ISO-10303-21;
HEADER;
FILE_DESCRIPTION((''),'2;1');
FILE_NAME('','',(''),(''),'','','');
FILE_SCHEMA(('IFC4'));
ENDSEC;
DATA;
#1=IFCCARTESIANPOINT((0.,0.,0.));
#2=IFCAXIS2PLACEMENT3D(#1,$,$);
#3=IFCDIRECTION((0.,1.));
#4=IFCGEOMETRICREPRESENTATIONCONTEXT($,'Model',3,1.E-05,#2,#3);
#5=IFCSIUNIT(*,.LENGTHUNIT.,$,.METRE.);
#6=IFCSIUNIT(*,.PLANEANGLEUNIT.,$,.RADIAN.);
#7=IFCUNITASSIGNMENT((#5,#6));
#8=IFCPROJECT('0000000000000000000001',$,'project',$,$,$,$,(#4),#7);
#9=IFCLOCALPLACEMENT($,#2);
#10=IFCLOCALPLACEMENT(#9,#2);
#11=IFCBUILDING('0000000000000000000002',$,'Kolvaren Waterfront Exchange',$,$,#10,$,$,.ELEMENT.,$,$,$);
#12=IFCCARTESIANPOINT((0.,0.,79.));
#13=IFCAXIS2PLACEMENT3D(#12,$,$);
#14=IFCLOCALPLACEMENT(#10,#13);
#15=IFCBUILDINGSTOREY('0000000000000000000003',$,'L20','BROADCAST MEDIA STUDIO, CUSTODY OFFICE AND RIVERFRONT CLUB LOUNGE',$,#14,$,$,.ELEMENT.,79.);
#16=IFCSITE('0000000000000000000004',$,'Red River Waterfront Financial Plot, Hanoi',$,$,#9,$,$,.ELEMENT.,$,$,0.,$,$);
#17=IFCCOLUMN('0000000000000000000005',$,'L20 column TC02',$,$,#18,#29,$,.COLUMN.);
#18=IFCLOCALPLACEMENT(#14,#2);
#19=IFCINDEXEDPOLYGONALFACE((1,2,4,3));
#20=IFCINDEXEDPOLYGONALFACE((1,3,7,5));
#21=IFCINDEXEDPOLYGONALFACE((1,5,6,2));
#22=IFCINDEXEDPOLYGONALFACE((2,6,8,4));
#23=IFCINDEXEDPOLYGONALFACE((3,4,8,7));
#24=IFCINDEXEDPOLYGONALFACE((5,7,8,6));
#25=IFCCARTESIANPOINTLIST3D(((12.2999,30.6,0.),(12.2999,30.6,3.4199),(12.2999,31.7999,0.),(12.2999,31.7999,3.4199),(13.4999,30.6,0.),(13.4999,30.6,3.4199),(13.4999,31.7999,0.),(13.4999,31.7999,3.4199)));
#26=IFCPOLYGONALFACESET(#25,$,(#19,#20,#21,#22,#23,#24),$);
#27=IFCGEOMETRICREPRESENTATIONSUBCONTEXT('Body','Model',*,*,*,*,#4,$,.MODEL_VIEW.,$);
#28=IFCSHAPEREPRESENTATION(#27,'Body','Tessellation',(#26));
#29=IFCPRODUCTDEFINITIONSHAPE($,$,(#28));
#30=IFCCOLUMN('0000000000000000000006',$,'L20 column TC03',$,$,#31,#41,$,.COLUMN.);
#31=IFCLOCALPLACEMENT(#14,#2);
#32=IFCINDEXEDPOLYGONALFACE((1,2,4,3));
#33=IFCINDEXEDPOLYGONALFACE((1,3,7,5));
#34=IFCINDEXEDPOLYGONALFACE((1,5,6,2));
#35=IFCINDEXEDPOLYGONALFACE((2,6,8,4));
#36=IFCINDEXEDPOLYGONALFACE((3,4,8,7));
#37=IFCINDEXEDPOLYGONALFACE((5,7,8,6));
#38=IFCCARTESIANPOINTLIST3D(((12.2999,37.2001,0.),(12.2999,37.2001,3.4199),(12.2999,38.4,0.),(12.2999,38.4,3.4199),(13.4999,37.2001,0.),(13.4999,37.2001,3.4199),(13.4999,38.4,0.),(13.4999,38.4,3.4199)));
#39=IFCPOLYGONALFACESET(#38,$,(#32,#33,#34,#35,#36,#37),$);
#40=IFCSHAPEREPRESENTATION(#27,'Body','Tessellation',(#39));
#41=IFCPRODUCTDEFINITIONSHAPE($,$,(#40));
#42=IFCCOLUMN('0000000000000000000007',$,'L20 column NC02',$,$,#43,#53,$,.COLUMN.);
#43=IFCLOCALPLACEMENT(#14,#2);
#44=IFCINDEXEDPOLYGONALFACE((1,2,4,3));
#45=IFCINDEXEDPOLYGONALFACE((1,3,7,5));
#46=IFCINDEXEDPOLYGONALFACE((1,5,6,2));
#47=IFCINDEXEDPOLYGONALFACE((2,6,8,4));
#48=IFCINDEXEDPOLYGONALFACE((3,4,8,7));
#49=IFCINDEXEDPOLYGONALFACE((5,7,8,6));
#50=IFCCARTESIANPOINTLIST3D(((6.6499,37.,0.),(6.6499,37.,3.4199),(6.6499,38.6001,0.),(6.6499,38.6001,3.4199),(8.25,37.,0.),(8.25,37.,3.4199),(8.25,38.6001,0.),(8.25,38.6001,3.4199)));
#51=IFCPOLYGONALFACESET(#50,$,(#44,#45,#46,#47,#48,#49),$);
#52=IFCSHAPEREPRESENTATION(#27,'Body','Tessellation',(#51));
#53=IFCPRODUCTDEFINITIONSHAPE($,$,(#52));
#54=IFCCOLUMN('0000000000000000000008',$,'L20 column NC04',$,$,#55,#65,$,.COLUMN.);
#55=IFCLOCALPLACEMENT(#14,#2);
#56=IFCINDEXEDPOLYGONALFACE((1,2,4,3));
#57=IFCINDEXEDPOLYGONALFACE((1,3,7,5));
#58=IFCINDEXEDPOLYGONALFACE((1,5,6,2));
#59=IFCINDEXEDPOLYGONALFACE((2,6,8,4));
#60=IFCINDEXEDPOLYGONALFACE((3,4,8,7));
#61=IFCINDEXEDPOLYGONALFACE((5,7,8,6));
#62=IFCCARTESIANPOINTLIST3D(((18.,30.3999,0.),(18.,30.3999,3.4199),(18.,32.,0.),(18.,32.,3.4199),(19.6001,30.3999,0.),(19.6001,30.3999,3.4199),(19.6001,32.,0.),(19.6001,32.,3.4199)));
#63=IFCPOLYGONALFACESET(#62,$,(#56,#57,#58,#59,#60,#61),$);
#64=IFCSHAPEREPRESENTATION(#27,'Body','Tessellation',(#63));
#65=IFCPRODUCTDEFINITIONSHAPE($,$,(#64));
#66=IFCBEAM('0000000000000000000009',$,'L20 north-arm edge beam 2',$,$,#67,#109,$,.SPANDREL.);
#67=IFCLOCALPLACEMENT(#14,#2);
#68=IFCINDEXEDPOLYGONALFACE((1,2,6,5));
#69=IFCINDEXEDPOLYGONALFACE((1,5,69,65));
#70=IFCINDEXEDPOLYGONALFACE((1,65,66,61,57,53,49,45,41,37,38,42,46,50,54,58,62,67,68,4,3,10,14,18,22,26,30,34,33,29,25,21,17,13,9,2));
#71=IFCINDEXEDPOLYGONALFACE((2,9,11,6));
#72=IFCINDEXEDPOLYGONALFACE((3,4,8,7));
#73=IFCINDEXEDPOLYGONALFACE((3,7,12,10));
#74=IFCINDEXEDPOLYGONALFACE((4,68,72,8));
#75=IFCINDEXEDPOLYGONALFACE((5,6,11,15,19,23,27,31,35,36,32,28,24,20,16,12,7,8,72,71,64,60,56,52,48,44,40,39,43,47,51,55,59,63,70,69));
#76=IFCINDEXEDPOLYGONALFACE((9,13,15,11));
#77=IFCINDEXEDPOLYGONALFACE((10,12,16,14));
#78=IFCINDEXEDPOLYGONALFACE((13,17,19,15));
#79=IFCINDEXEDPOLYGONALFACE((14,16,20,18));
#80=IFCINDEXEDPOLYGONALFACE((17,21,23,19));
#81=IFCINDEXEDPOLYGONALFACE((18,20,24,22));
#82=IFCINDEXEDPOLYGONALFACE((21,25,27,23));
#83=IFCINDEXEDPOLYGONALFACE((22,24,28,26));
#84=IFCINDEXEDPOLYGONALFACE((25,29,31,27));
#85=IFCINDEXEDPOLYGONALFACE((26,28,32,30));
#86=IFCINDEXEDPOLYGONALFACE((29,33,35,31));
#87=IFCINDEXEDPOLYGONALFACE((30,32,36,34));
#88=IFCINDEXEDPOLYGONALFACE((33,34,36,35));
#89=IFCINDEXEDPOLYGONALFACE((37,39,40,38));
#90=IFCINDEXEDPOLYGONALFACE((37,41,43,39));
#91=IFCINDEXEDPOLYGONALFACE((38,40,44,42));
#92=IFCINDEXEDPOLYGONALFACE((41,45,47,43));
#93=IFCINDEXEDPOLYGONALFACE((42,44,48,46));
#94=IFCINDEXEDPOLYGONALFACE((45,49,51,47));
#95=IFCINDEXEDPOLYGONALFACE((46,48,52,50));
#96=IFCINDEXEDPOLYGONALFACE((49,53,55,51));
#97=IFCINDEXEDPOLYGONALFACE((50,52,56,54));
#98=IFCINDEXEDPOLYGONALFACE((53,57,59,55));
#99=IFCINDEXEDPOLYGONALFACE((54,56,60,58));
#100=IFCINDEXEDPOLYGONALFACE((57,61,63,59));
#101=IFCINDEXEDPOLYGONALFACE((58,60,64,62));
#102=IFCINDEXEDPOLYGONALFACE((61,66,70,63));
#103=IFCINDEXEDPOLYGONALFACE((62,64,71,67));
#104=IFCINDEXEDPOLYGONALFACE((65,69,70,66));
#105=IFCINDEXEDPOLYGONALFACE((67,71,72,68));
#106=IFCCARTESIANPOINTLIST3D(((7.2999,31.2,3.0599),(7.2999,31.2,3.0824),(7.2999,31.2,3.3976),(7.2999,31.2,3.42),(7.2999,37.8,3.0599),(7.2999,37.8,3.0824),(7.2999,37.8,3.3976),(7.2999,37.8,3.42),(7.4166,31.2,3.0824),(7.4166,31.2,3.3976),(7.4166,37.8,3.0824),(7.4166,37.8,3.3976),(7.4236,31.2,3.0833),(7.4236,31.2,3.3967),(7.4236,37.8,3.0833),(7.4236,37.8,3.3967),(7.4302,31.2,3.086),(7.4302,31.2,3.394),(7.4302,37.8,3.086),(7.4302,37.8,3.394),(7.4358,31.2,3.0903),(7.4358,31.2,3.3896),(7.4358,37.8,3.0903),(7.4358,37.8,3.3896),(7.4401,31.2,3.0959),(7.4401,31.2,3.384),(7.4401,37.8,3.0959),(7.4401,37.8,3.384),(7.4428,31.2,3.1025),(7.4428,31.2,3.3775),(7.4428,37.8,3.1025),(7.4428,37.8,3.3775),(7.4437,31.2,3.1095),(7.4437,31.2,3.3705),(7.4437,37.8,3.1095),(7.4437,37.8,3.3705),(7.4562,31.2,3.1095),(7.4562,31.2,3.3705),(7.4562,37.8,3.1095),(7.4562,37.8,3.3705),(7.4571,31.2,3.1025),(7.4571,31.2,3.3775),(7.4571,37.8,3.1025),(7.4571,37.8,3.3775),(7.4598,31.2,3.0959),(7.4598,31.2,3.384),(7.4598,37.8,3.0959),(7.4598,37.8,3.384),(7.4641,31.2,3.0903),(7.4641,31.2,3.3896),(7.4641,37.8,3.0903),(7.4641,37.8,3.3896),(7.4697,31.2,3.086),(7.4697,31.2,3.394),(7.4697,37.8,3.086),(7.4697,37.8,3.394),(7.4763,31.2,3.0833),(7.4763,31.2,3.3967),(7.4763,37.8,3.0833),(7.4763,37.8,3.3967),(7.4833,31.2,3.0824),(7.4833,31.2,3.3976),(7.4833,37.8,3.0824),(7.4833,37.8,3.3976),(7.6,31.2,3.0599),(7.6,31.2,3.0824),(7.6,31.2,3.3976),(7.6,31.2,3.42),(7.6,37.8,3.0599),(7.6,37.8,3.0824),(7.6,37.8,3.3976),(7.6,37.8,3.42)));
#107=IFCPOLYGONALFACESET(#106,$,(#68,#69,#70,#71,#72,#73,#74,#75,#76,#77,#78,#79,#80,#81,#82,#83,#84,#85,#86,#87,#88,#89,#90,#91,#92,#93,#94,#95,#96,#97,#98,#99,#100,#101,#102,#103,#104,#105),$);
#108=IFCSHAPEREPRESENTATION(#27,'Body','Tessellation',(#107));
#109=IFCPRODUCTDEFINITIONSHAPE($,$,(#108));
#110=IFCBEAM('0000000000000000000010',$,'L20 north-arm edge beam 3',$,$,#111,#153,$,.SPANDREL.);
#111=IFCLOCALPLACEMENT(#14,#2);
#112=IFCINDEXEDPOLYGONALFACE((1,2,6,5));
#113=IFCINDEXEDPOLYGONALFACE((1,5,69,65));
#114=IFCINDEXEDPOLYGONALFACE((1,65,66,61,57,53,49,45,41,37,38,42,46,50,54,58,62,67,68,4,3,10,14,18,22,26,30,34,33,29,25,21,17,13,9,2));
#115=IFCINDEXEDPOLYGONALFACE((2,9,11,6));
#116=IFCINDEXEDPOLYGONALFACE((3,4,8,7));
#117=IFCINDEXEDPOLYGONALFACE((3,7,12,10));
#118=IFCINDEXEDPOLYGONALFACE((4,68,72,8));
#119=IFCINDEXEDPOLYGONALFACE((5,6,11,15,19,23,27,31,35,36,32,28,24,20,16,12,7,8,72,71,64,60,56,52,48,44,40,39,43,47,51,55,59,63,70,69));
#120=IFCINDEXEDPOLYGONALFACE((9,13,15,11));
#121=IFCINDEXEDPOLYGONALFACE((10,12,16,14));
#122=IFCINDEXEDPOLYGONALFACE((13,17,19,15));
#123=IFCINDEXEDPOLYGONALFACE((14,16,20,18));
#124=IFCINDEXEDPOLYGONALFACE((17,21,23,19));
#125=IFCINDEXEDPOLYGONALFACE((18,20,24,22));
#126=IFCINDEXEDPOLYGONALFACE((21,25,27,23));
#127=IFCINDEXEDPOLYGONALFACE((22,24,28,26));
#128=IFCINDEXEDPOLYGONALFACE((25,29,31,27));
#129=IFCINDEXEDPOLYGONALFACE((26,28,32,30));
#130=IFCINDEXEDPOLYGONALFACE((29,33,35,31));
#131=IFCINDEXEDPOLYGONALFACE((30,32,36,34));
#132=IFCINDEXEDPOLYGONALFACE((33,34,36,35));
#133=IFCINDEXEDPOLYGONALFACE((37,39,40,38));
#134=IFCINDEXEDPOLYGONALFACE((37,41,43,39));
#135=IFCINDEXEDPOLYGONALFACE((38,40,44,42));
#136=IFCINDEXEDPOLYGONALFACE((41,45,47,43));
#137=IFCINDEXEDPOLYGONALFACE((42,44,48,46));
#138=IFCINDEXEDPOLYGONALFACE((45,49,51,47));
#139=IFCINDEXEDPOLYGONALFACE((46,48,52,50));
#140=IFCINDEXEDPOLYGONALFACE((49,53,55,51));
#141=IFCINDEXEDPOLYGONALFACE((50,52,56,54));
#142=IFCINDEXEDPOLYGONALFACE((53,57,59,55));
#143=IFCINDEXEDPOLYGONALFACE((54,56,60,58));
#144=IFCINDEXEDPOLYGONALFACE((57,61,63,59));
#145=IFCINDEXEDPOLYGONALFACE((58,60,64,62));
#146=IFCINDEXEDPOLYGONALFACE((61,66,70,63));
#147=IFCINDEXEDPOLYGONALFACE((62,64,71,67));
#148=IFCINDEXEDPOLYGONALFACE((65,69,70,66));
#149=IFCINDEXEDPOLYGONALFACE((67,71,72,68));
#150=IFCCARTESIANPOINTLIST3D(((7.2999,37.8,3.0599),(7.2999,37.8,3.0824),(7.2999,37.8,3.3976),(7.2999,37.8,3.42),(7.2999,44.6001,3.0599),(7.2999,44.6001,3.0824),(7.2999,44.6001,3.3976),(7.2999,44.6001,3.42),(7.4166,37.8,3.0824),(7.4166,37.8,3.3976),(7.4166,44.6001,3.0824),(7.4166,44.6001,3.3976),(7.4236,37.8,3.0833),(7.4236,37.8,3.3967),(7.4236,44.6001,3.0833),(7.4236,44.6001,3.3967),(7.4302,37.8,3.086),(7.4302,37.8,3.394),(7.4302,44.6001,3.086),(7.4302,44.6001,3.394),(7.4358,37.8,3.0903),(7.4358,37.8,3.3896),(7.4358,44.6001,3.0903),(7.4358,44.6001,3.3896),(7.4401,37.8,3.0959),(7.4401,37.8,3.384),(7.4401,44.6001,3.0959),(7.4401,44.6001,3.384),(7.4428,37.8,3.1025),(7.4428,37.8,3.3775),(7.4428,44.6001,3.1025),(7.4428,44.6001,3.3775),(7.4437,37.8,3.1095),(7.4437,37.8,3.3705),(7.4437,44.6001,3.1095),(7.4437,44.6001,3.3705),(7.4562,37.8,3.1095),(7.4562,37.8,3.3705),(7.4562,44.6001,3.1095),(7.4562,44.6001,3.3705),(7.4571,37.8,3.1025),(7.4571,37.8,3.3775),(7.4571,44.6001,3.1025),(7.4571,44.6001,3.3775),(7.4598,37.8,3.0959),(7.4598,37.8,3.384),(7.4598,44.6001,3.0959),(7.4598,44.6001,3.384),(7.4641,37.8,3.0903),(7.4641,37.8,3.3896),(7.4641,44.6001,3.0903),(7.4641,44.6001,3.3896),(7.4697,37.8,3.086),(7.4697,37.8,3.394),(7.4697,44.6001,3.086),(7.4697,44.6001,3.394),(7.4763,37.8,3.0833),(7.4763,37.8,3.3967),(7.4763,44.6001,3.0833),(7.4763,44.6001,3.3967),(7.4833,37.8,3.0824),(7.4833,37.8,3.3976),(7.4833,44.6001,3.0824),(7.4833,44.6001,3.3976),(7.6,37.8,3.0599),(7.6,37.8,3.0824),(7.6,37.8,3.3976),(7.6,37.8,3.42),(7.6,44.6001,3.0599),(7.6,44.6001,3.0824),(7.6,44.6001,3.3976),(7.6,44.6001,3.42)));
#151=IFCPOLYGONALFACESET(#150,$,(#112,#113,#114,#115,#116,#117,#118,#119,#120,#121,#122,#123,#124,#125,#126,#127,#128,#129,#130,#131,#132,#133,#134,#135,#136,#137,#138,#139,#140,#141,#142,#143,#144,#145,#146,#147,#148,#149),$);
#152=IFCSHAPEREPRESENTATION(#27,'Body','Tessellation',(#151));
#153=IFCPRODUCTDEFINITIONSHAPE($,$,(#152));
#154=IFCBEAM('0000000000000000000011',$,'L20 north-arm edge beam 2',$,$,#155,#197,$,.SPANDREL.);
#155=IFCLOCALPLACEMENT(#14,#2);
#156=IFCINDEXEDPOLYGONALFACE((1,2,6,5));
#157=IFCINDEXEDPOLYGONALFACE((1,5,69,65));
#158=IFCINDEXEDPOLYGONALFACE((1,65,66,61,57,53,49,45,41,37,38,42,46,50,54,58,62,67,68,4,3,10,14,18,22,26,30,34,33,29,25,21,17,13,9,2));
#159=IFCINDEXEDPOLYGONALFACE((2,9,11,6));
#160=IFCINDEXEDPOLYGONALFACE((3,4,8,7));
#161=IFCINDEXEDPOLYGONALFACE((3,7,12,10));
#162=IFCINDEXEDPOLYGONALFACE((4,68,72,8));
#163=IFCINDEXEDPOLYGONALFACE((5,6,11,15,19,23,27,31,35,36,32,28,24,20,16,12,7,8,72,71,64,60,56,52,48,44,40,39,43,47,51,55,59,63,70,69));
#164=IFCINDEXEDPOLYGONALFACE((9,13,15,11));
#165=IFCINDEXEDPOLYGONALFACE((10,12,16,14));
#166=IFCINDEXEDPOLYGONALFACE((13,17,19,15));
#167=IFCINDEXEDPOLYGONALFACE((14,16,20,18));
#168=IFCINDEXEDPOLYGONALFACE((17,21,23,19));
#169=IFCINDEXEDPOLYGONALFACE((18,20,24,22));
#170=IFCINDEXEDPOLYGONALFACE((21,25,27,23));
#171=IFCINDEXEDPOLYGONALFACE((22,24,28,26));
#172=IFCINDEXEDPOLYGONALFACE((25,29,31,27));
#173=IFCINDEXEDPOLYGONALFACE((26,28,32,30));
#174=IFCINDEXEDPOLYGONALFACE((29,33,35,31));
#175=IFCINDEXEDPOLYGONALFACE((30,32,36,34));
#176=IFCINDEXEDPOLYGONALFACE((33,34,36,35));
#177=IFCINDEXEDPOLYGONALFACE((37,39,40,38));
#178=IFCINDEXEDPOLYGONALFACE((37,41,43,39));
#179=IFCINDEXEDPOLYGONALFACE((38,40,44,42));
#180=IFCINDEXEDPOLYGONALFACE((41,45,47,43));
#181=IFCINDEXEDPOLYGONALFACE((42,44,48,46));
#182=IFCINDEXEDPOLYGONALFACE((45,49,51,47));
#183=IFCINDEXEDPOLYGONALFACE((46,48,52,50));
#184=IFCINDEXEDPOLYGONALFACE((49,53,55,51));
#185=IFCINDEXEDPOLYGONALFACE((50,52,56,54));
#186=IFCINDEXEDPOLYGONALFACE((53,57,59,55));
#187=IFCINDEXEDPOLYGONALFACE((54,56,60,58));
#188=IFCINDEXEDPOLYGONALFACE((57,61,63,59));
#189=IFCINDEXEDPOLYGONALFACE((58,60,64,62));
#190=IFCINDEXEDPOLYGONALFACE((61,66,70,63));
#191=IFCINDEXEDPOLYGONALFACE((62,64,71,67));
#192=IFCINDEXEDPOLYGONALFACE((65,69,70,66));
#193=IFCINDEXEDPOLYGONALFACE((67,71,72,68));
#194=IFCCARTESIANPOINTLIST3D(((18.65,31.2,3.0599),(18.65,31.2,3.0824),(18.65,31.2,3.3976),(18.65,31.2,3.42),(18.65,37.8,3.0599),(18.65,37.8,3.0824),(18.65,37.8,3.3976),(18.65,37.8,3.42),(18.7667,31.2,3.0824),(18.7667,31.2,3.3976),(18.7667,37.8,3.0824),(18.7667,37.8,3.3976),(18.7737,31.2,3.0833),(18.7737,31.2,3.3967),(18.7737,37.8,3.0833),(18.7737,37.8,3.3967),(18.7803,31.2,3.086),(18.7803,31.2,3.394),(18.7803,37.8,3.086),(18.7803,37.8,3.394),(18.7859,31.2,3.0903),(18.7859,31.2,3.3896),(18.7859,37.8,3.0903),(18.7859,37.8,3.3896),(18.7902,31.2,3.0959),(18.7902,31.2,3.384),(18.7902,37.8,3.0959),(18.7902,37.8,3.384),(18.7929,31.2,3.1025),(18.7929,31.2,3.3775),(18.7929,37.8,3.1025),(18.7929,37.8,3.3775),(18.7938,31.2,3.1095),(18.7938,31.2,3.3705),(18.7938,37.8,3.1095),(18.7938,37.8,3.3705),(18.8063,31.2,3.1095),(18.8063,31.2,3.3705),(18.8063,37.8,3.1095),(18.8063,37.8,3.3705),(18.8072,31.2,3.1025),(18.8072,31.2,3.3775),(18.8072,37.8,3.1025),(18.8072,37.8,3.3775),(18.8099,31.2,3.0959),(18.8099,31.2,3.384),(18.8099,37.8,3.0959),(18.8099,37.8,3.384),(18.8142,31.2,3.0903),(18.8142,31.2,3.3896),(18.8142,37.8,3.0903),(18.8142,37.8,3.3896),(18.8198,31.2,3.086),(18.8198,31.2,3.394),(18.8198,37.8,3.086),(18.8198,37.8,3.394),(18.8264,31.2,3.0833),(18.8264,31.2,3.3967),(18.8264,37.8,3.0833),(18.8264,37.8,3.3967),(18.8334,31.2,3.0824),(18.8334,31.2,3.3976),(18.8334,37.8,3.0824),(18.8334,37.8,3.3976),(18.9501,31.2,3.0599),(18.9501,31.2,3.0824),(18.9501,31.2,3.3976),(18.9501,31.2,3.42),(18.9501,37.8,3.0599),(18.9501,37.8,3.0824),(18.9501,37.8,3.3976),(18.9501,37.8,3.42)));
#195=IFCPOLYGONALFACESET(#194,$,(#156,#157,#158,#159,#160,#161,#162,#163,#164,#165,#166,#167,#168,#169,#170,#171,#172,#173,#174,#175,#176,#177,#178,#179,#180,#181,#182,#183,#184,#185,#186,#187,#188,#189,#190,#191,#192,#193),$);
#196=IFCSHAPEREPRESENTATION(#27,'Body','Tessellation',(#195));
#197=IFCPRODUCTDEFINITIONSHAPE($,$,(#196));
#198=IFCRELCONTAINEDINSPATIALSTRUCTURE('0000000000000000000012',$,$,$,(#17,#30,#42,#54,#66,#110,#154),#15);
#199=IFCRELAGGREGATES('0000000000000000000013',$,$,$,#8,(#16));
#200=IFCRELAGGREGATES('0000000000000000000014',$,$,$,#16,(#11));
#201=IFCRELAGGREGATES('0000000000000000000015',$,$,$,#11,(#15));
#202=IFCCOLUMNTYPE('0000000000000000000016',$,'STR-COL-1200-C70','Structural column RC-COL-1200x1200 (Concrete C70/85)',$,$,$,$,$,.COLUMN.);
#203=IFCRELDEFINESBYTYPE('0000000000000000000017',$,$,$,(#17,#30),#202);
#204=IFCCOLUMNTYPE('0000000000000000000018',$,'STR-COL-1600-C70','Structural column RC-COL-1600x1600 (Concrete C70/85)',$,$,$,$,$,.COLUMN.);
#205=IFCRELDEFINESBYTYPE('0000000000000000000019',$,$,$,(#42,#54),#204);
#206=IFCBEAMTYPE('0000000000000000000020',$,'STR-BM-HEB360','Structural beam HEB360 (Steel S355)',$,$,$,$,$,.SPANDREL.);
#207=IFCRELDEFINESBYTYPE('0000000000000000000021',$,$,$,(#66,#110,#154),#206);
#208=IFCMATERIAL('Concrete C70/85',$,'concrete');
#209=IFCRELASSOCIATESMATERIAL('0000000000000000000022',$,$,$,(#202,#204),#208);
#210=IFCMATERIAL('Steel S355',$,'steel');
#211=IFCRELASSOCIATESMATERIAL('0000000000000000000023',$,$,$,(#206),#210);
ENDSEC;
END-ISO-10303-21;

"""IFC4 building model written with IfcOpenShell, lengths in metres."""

from ifc_helpers import new_model, si_unit, direction, frame, origin, origin_2d, place, context, subcontext, project, spatial, rectangle, i_section, extrude, material, material_profile, profile_set, type_object, element, save


model = new_model("IFC4")

# Units and contexts
model_context = context("Model", 3, precision=1e-05, world=origin(), true_north=direction((0.0, 1.0)))
body_context = subcontext(model_context, "Body", "Model", "MODEL_VIEW")
ifc_project = project(units=[si_unit("LENGTHUNIT", "METRE"), si_unit("PLANEANGLEUNIT", "RADIAN")], contexts=[model_context])

# Site, building, storey
site_placement = place(None, origin())
site = spatial("IfcSite", under=ifc_project, at=site_placement, Name="Red River Waterfront Financial Plot, Hanoi", CompositionType="ELEMENT", RefElevation=0.0)
building_placement = place(site_placement, origin())
building = spatial("IfcBuilding", under=site, at=building_placement, Name="Kolvaren Waterfront Exchange", CompositionType="ELEMENT")
storey_placement = place(building_placement, frame((0.0, 0.0, 79.0)))
storey = spatial("IfcBuildingStorey", under=building, at=storey_placement, Name="L20", Description="BROADCAST MEDIA STUDIO, CUSTODY OFFICE AND RIVERFRONT CLUB LOUNGE", CompositionType="ELEMENT", Elevation=79.0)

# Columns
ifc_material_1 = material(Name="Concrete C70/85", Category="concrete")
ifc_material_profile_1 = material_profile(ifc_material_1, rectangle(XDim=1.2, YDim=1.2, at=origin_2d()), Name="RC-COL-1200x1200")
ifc_profile_set_1 = profile_set([ifc_material_profile_1], Name="Concrete C70/85")
column_type_1 = type_object("IfcColumnType", Name="STR-COL-1200-C70", Description="Structural column RC-COL-1200x1200 (Concrete C70/85)", PredefinedType="COLUMN", material=ifc_profile_set_1)
for number, where, z_axis, x_axis, name in (
    (1, (12.8999, 31.2, 0.0), (0.0, 0.0, 1.0), (1.0, 0.0, 0.0), "L20 column TC02"),
    (2, (12.8999, 37.8, 0.0), (0.0, 0.0, 1.0), (1.0, 0.0, 0.0), "L20 column TC03"),
):
    element("IfcColumn", number, at=place(storey_placement, frame(where, z_axis=z_axis, x_axis=x_axis)), inside=storey, type_object=column_type_1, Name=name, PredefinedType="COLUMN", context=body_context, shape_type="SweptSolid", body=[
        extrude(rectangle(XDim=1.2, YDim=1.2, at=origin_2d()), origin(), (0.0, 0.0, 1.0), 3.4199),
    ])
ifc_material_profile_2 = material_profile(ifc_material_1, rectangle(XDim=1.6001, YDim=1.6001, at=origin_2d()), Name="RC-COL-1600x1600")
ifc_profile_set_2 = profile_set([ifc_material_profile_2], Name="Concrete C70/85")
column_type_2 = type_object("IfcColumnType", Name="STR-COL-1600-C70", Description="Structural column RC-COL-1600x1600 (Concrete C70/85)", PredefinedType="COLUMN", material=ifc_profile_set_2)
for number, where, z_axis, x_axis, name in (
    (3, (7.45, 37.8, 0.0), (0.0, 0.0, 1.0), (1.0, 0.0, 0.0), "L20 column NC02"),
    (4, (18.8, 31.2, 0.0), (0.0, 0.0, 1.0), (1.0, 0.0, 0.0), "L20 column NC04"),
):
    element("IfcColumn", number, at=place(storey_placement, frame(where, z_axis=z_axis, x_axis=x_axis)), inside=storey, type_object=column_type_2, Name=name, PredefinedType="COLUMN", context=body_context, shape_type="SweptSolid", body=[
        extrude(rectangle(XDim=1.6001, YDim=1.6001, at=origin_2d()), origin(), (0.0, 0.0, 1.0), 3.4199),
    ])

# Beams
ifc_material_2 = material(Name="Steel S355", Category="steel")
ifc_material_profile_3 = material_profile(ifc_material_2, i_section(OverallWidth=0.3, OverallDepth=0.3601, WebThickness=0.0125, FlangeThickness=0.0225, FilletRadius=0.0271, at=origin_2d()), Name="HEB360")
ifc_profile_set_3 = profile_set([ifc_material_profile_3], Name="Steel S355")
beam_type_1 = type_object("IfcBeamType", Name="STR-BM-HEB360", Description="Structural beam HEB360 (Steel S355)", PredefinedType="SPANDREL", material=ifc_profile_set_3)
beam_1_placement = place(storey_placement, frame((7.45, 31.2, 3.24), z_axis=(0.0, 1.0, 0.0), x_axis=(-1.0, 0.0, 0.0)))
element("IfcBeam", 5, at=beam_1_placement, inside=storey, type_object=beam_type_1, Name="L20 north-arm edge beam 2", PredefinedType="SPANDREL", context=body_context, shape_type="SweptSolid", body=[
    extrude(i_section(OverallWidth=0.3, OverallDepth=0.3601, WebThickness=0.0125, FlangeThickness=0.0225, FilletRadius=0.0271, at=origin_2d()), origin(), (0.0, 0.0, 1.0), 6.6001),
])
beam_2_placement = place(storey_placement, frame((7.45, 37.8, 3.24), z_axis=(0.0, 1.0, 0.0), x_axis=(-1.0, 0.0, 0.0)))
element("IfcBeam", 6, at=beam_2_placement, inside=storey, type_object=beam_type_1, Name="L20 north-arm edge beam 3", PredefinedType="SPANDREL", context=body_context, shape_type="SweptSolid", body=[
    extrude(i_section(OverallWidth=0.3, OverallDepth=0.3601, WebThickness=0.0125, FlangeThickness=0.0225, FilletRadius=0.0271, at=origin_2d()), origin(), (0.0, 0.0, 1.0), 6.8),
])
beam_3_placement = place(storey_placement, frame((18.8, 31.2, 3.24), z_axis=(0.0, 1.0, 0.0), x_axis=(-1.0, 0.0, 0.0)))
element("IfcBeam", 7, at=beam_3_placement, inside=storey, type_object=beam_type_1, Name="L20 north-arm edge beam 2", PredefinedType="SPANDREL", context=body_context, shape_type="SweptSolid", body=[
    extrude(i_section(OverallWidth=0.3, OverallDepth=0.3601, WebThickness=0.0125, FlangeThickness=0.0225, FilletRadius=0.0271, at=origin_2d()), origin(), (0.0, 0.0, 1.0), 6.6001),
])

save(model, "model.ifc")
